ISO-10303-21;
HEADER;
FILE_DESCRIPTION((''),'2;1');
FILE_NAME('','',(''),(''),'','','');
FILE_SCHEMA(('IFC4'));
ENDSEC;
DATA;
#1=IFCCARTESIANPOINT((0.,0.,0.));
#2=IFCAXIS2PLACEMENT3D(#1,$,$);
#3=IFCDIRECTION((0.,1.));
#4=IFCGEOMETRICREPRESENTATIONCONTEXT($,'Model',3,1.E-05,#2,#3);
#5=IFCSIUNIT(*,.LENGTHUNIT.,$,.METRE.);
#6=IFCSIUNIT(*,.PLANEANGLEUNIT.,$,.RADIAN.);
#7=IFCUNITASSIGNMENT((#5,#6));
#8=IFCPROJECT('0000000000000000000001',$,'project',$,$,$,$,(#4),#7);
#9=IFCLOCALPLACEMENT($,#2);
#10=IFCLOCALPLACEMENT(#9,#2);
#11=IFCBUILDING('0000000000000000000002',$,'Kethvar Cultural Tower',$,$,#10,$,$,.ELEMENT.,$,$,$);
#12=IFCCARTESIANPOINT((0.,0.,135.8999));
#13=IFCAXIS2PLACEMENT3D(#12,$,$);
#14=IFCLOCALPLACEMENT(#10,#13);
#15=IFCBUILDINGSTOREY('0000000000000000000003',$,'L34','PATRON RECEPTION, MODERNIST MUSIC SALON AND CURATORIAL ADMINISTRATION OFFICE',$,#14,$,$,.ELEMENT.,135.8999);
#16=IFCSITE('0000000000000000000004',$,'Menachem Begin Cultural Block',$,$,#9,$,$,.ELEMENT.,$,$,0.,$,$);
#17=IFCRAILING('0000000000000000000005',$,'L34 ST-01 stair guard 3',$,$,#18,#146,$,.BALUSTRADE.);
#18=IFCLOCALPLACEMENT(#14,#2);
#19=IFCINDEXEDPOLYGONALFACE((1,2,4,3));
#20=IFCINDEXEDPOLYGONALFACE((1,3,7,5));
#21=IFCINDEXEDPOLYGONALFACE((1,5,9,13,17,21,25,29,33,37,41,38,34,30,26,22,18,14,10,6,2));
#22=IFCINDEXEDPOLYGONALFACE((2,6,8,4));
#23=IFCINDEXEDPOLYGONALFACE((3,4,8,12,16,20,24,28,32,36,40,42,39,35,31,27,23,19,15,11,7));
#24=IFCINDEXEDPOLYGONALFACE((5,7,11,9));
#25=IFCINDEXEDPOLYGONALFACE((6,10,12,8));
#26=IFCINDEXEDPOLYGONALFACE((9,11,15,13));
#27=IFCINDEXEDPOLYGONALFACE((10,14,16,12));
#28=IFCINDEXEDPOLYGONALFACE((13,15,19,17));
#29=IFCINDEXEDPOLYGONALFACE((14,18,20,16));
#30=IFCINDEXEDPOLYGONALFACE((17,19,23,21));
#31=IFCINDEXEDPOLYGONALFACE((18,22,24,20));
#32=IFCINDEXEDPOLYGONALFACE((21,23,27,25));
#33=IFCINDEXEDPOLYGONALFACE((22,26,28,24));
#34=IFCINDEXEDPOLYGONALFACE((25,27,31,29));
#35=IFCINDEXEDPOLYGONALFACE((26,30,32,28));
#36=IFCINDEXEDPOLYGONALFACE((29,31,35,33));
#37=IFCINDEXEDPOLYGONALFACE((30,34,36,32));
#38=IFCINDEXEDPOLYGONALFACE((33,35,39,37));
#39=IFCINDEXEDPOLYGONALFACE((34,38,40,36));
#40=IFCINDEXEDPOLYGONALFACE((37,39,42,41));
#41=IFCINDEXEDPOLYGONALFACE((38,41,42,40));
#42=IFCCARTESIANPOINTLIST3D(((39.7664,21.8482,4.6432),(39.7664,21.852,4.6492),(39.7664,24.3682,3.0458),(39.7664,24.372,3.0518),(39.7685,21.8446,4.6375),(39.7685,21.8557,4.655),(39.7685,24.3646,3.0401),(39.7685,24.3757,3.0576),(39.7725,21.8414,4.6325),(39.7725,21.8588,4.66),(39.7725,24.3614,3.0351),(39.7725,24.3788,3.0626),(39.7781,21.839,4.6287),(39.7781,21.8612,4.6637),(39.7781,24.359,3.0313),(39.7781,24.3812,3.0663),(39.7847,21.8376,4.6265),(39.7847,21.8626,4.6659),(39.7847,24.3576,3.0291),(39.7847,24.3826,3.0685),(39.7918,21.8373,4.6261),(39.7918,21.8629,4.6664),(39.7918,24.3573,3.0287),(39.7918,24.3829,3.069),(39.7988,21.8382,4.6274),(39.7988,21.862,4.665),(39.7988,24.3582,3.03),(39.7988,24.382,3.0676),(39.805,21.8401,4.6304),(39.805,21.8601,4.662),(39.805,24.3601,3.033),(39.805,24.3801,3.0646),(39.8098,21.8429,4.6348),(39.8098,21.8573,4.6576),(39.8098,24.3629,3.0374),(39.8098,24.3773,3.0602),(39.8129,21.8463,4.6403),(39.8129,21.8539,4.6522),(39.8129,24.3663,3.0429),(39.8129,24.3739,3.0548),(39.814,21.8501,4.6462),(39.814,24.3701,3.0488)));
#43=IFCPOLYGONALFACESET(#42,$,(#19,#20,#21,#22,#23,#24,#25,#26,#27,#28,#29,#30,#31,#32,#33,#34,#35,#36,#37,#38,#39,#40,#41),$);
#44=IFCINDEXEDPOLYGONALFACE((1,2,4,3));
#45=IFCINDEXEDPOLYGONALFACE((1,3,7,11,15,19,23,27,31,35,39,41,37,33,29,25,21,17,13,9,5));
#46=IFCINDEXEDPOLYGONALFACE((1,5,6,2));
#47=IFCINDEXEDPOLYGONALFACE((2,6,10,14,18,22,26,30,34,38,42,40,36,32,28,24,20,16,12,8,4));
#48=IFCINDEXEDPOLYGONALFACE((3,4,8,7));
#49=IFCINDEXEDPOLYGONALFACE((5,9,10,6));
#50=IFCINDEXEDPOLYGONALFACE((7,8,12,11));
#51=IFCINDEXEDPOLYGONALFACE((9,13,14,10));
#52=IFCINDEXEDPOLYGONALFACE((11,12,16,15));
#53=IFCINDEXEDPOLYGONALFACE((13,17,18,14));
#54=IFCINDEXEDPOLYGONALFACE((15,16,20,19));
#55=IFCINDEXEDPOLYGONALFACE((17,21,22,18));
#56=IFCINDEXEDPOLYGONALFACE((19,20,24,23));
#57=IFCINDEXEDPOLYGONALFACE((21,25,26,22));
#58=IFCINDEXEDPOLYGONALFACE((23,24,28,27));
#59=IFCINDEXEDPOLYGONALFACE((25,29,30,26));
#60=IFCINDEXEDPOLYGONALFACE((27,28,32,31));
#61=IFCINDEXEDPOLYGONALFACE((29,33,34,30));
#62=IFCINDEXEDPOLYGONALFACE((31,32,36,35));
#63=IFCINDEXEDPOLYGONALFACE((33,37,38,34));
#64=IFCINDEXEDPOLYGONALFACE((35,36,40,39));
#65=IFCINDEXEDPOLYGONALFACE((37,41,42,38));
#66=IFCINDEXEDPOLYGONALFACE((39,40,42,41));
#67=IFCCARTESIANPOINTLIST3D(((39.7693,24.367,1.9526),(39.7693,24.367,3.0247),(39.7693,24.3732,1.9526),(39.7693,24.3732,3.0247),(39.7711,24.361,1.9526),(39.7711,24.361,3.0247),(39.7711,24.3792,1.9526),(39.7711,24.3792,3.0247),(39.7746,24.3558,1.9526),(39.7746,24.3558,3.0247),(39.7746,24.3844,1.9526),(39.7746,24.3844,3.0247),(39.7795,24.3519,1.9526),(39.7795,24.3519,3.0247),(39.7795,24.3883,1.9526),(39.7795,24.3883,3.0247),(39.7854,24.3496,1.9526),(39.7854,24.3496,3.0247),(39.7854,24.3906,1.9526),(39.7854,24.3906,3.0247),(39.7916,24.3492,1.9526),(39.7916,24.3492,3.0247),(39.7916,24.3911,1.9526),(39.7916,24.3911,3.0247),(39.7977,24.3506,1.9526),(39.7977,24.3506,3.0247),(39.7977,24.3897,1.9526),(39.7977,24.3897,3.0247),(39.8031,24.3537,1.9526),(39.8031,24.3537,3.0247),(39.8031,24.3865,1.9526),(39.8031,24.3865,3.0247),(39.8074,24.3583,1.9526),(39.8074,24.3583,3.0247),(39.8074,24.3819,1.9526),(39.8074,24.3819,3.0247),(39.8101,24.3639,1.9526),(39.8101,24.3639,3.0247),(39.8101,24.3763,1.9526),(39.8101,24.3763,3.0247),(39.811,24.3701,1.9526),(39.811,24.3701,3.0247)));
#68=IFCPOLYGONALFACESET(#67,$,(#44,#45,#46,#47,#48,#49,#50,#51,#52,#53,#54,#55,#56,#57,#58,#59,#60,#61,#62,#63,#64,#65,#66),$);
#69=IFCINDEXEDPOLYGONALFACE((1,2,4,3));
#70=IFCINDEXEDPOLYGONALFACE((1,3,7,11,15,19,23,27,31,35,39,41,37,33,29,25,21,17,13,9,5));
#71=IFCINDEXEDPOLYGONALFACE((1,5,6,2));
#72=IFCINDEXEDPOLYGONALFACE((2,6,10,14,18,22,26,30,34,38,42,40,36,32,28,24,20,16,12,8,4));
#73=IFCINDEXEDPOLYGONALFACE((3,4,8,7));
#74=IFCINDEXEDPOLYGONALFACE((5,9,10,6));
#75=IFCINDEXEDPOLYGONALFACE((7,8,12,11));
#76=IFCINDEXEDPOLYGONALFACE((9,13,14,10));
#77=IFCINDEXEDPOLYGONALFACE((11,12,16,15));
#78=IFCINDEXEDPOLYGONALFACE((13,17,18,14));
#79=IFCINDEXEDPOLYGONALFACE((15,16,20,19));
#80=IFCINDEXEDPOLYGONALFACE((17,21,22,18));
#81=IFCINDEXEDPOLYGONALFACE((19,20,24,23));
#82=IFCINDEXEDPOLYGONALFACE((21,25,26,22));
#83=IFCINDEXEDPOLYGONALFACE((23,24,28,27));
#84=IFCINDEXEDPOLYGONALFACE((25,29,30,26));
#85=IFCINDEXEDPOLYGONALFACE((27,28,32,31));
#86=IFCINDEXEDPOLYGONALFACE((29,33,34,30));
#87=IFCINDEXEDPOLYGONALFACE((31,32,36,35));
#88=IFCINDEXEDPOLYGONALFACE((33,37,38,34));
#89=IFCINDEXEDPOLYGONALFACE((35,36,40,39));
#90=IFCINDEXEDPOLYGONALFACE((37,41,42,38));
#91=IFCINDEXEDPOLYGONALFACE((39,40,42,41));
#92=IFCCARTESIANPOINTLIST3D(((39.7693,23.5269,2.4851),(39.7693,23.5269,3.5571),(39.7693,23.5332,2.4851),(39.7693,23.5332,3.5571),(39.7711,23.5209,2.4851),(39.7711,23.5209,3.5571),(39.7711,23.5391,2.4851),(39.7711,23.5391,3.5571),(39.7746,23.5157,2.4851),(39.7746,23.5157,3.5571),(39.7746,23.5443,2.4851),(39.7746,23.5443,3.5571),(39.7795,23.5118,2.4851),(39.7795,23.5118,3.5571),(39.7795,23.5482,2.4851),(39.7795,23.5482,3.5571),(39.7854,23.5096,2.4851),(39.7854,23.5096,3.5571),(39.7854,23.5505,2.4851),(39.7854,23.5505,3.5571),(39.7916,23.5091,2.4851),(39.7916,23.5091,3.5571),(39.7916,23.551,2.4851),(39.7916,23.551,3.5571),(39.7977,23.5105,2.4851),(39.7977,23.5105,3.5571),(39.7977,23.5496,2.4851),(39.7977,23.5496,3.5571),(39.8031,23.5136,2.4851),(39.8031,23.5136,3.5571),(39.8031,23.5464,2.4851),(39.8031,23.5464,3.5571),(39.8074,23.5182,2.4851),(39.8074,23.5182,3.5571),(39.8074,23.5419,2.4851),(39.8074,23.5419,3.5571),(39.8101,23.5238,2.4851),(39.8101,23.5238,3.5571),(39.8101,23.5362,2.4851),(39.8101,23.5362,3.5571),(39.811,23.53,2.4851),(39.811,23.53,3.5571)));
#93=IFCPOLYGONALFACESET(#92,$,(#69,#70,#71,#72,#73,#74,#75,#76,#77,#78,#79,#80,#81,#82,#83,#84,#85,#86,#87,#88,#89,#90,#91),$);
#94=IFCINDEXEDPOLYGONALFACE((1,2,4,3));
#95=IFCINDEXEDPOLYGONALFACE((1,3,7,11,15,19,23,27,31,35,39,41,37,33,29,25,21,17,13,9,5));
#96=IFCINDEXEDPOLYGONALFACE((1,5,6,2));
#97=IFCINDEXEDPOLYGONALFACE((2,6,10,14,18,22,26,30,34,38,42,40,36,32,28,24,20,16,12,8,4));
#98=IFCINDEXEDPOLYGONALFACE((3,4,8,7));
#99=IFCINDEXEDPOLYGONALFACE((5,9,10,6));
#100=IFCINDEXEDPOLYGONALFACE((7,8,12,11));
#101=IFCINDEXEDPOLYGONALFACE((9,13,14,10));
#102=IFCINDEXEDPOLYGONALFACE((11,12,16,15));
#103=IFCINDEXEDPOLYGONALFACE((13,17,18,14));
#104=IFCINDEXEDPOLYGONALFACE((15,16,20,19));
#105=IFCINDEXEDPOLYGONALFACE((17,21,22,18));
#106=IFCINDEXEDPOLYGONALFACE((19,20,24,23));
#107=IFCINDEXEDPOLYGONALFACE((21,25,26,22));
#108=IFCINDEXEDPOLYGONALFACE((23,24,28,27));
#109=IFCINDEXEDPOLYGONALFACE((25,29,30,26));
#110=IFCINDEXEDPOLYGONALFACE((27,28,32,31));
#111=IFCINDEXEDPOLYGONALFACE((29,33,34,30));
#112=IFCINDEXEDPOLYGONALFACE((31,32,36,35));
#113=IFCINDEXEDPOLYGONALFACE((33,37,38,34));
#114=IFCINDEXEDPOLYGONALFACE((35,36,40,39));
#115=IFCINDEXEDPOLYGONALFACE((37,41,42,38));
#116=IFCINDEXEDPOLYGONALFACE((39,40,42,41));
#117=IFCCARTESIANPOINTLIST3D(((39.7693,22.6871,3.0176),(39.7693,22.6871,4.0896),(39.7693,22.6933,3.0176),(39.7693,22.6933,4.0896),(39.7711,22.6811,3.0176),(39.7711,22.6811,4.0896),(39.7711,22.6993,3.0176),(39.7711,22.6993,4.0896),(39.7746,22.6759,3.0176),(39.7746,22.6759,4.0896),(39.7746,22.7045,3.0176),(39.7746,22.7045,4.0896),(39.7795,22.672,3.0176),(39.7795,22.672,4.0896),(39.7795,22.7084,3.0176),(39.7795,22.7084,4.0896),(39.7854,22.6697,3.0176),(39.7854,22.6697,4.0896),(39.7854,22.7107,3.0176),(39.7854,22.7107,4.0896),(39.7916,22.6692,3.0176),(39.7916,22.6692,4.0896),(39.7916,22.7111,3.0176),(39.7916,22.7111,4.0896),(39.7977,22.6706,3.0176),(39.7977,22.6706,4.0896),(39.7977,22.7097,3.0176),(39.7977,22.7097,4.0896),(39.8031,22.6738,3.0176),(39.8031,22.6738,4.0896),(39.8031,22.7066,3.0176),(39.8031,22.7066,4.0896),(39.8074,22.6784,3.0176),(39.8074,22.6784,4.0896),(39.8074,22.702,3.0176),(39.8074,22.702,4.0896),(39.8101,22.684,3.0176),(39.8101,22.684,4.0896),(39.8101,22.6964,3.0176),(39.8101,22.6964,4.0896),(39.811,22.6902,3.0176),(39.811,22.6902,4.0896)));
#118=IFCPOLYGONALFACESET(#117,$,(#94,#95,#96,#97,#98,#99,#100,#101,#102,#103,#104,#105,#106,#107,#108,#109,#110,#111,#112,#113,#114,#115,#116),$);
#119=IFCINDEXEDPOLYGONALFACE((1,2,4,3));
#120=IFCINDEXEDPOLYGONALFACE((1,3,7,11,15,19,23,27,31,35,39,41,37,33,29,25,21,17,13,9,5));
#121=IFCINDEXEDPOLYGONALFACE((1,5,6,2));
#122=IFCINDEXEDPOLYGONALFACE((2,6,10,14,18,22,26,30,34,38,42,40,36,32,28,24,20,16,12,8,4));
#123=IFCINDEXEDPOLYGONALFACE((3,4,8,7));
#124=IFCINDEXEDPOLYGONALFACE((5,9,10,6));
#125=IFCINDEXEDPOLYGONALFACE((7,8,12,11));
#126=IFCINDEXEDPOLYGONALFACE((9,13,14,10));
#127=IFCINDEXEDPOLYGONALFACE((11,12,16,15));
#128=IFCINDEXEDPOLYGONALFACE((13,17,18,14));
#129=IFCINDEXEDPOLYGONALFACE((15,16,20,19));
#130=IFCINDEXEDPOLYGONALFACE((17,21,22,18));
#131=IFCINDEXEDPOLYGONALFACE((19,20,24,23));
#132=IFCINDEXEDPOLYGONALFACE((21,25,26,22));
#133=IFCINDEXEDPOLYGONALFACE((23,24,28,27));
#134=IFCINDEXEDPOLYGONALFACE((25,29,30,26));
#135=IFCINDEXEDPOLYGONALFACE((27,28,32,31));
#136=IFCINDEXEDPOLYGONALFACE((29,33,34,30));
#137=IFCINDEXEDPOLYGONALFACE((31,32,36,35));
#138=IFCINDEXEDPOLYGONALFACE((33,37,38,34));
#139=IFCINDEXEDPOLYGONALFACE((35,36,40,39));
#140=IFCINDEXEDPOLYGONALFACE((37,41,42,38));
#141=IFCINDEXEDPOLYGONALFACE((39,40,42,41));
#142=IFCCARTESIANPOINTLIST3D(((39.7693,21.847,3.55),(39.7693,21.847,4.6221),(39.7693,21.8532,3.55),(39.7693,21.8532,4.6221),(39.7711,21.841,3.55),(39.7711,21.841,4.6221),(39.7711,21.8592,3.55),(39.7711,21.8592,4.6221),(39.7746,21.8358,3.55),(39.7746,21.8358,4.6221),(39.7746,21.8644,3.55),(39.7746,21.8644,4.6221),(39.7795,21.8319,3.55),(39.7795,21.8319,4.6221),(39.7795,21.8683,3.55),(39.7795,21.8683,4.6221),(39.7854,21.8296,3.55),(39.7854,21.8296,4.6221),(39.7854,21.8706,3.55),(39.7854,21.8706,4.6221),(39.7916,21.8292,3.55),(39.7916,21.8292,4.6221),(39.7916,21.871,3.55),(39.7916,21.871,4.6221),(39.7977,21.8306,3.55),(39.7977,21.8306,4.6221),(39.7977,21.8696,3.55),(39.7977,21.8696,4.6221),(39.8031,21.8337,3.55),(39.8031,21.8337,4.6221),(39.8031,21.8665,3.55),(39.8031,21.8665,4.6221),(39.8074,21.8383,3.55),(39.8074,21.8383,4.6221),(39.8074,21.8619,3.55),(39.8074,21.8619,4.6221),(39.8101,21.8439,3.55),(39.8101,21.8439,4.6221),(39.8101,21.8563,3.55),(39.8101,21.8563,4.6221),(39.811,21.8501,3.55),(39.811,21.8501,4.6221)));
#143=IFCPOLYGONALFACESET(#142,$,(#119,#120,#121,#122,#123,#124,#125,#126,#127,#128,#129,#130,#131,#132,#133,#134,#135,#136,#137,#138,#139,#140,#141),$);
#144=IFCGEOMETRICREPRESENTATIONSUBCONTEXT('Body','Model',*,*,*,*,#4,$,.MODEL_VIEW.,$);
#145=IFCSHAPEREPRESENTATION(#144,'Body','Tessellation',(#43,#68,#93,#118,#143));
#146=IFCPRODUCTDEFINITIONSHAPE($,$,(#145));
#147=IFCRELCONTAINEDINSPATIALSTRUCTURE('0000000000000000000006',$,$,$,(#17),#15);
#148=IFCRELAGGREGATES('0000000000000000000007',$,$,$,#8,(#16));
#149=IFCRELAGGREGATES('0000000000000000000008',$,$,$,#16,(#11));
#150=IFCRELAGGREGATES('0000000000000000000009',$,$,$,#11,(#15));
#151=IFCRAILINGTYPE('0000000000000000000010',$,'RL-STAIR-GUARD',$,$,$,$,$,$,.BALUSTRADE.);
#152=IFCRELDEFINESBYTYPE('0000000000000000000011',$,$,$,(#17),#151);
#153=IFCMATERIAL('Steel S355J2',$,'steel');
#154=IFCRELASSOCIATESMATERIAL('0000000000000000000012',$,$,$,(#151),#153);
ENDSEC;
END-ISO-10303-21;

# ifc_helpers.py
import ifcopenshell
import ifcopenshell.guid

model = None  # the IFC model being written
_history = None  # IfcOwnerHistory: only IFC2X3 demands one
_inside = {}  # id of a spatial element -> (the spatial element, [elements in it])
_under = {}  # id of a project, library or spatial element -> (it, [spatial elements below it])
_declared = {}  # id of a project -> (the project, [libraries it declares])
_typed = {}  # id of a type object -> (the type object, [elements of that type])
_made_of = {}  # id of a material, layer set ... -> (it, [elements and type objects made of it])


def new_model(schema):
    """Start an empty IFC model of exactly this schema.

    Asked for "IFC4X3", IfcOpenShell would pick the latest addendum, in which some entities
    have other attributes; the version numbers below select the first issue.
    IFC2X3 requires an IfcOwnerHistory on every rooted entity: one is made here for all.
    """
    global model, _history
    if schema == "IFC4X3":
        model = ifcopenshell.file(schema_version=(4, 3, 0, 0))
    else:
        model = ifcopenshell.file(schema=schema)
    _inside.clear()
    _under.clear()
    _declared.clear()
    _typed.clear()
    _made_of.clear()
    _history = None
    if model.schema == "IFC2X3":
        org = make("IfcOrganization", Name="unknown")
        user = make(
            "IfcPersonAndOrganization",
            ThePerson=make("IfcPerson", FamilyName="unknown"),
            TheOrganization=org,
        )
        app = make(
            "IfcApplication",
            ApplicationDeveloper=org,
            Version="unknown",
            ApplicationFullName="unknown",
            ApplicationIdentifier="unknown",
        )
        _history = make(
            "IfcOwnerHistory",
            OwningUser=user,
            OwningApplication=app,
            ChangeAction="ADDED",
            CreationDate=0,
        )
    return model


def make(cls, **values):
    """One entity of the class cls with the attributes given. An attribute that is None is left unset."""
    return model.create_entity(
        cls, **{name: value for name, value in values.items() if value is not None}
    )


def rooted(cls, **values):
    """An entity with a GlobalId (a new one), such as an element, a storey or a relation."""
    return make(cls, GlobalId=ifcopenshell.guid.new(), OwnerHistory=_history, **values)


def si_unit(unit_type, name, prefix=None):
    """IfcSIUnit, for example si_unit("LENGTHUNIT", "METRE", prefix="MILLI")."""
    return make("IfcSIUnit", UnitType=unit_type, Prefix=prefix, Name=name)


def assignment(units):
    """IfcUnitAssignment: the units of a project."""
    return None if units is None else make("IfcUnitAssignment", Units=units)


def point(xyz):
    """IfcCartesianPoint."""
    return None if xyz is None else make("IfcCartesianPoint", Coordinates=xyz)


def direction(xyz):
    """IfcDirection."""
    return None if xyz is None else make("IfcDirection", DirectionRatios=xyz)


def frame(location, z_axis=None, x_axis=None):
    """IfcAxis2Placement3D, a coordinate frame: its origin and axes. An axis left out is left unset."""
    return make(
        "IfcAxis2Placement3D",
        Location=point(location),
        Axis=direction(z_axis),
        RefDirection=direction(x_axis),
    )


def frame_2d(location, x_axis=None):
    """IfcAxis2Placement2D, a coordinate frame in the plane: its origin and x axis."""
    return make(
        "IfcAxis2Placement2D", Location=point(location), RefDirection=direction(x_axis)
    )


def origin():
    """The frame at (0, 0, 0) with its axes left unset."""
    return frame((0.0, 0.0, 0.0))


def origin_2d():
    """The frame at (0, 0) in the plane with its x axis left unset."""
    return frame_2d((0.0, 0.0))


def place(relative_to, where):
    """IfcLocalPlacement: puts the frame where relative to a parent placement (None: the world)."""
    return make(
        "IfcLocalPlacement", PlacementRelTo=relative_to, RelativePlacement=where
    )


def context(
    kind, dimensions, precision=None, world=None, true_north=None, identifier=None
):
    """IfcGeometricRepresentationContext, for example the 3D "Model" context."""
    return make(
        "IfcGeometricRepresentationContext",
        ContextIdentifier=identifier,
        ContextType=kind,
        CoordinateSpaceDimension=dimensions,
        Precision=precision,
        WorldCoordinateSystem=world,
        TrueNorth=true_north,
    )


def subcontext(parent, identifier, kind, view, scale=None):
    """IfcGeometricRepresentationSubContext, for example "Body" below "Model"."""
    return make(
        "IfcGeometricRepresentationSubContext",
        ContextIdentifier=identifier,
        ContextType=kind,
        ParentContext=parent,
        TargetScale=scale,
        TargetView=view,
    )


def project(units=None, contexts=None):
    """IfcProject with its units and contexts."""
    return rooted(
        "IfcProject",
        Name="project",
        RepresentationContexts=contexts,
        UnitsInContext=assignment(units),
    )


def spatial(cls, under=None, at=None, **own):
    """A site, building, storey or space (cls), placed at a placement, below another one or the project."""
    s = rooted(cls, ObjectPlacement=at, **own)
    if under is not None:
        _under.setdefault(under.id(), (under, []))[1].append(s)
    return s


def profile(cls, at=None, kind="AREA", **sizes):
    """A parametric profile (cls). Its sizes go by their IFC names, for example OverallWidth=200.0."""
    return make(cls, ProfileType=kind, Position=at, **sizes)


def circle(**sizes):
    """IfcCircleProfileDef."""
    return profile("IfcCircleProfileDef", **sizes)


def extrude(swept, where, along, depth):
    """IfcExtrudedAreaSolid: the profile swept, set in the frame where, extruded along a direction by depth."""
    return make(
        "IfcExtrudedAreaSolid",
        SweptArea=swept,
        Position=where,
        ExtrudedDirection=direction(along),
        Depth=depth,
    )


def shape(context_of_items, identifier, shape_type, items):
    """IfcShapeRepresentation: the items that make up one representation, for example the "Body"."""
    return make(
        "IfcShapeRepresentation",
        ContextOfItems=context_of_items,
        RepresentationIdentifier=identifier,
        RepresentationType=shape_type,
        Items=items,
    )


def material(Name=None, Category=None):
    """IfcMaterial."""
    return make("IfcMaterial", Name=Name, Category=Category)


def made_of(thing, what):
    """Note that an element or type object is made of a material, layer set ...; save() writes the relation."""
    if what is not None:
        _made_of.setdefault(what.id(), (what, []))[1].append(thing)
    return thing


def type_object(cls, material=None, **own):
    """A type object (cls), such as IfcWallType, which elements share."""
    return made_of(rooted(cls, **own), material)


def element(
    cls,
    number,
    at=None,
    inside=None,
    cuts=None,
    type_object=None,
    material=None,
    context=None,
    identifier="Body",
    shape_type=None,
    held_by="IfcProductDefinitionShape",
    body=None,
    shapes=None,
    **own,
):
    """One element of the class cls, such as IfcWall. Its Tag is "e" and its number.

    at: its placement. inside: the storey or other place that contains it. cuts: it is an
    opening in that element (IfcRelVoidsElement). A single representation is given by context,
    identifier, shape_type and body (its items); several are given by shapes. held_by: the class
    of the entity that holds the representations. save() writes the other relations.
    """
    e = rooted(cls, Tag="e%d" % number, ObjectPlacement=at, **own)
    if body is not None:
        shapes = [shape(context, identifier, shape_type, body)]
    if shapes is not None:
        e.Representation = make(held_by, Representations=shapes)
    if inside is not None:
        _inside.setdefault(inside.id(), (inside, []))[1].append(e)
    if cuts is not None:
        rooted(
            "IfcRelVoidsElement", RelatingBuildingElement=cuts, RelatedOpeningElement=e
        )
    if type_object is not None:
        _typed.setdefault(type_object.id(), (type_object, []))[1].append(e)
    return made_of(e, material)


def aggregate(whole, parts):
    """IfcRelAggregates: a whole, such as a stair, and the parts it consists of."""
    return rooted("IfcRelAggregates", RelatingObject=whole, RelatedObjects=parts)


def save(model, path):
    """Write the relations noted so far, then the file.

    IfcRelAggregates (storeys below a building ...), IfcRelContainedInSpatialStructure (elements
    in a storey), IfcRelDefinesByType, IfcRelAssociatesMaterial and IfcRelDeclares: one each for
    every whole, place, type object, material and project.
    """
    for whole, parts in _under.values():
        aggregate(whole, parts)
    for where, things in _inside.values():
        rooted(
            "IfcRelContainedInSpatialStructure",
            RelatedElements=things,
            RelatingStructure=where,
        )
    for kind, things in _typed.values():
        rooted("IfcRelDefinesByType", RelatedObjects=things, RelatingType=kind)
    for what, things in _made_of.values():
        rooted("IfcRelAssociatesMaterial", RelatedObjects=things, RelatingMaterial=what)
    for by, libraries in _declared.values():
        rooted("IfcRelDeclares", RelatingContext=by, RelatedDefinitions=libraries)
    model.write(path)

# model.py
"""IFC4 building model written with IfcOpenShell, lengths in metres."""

from ifc_helpers import new_model, si_unit, direction, frame, origin, origin_2d, place, context, subcontext, project, spatial, circle, extrude, material, type_object, element, save


model = new_model("IFC4")

# Units and contexts
model_context = context("Model", 3, precision=1e-05, world=origin(), true_north=direction((0.0, 1.0)))
body_context = subcontext(model_context, "Body", "Model", "MODEL_VIEW")
ifc_project = project(units=[si_unit("LENGTHUNIT", "METRE"), si_unit("PLANEANGLEUNIT", "RADIAN")], contexts=[model_context])

# Site, building, storey
site_placement = place(None, origin())
site = spatial("IfcSite", under=ifc_project, at=site_placement, Name="Menachem Begin Cultural Block", CompositionType="ELEMENT", RefElevation=0.0)
building_placement = place(site_placement, origin())
building = spatial("IfcBuilding", under=site, at=building_placement, Name="Kethvar Cultural Tower", CompositionType="ELEMENT")
storey_placement = place(building_placement, frame((0.0, 0.0, 135.8999)))
storey = spatial("IfcBuildingStorey", under=building, at=storey_placement, Name="L34", Description="PATRON RECEPTION, MODERNIST MUSIC SALON AND CURATORIAL ADMINISTRATION OFFICE", CompositionType="ELEMENT", Elevation=135.8999)

# Shared definitions
ifc_material_1 = material(Name="Steel S355J2", Category="steel")

# Railing
railing_type_1 = type_object("IfcRailingType", Name="RL-STAIR-GUARD", PredefinedType="BALUSTRADE", material=ifc_material_1)
railing_1_placement = place(storey_placement, frame((39.79, 24.3701, 1.9526)))
element("IfcRailing", 1, at=railing_1_placement, inside=storey, type_object=railing_type_1, Name="L34 ST-01 stair guard 3", PredefinedType="BALUSTRADE", context=body_context, shape_type="SweptSolid", body=[
    extrude(circle(Radius=0.0239, at=origin_2d()), frame((0.0, 0.0, 1.0962), z_axis=(0.0, -0.844607, 0.535387), x_axis=(1.0, 0.0, 0.0)), (0.0, 0.0, 1.0), 2.9836),
    extrude(circle(Radius=0.021, at=origin_2d()), origin(), (0.0, 0.0, 1.0), 1.072),
    extrude(circle(Radius=0.021, at=origin_2d()), frame((0.0, -0.8401, 0.5325)), (0.0, 0.0, 1.0), 1.072),
    extrude(circle(Radius=0.021, at=origin_2d()), frame((0.0, -1.6799, 1.0649)), (0.0, 0.0, 1.0), 1.072),
    extrude(circle(Radius=0.021, at=origin_2d()), frame((0.0, -2.52, 1.5974)), (0.0, 0.0, 1.0), 1.072),
])

save(model, "model.ifc")
